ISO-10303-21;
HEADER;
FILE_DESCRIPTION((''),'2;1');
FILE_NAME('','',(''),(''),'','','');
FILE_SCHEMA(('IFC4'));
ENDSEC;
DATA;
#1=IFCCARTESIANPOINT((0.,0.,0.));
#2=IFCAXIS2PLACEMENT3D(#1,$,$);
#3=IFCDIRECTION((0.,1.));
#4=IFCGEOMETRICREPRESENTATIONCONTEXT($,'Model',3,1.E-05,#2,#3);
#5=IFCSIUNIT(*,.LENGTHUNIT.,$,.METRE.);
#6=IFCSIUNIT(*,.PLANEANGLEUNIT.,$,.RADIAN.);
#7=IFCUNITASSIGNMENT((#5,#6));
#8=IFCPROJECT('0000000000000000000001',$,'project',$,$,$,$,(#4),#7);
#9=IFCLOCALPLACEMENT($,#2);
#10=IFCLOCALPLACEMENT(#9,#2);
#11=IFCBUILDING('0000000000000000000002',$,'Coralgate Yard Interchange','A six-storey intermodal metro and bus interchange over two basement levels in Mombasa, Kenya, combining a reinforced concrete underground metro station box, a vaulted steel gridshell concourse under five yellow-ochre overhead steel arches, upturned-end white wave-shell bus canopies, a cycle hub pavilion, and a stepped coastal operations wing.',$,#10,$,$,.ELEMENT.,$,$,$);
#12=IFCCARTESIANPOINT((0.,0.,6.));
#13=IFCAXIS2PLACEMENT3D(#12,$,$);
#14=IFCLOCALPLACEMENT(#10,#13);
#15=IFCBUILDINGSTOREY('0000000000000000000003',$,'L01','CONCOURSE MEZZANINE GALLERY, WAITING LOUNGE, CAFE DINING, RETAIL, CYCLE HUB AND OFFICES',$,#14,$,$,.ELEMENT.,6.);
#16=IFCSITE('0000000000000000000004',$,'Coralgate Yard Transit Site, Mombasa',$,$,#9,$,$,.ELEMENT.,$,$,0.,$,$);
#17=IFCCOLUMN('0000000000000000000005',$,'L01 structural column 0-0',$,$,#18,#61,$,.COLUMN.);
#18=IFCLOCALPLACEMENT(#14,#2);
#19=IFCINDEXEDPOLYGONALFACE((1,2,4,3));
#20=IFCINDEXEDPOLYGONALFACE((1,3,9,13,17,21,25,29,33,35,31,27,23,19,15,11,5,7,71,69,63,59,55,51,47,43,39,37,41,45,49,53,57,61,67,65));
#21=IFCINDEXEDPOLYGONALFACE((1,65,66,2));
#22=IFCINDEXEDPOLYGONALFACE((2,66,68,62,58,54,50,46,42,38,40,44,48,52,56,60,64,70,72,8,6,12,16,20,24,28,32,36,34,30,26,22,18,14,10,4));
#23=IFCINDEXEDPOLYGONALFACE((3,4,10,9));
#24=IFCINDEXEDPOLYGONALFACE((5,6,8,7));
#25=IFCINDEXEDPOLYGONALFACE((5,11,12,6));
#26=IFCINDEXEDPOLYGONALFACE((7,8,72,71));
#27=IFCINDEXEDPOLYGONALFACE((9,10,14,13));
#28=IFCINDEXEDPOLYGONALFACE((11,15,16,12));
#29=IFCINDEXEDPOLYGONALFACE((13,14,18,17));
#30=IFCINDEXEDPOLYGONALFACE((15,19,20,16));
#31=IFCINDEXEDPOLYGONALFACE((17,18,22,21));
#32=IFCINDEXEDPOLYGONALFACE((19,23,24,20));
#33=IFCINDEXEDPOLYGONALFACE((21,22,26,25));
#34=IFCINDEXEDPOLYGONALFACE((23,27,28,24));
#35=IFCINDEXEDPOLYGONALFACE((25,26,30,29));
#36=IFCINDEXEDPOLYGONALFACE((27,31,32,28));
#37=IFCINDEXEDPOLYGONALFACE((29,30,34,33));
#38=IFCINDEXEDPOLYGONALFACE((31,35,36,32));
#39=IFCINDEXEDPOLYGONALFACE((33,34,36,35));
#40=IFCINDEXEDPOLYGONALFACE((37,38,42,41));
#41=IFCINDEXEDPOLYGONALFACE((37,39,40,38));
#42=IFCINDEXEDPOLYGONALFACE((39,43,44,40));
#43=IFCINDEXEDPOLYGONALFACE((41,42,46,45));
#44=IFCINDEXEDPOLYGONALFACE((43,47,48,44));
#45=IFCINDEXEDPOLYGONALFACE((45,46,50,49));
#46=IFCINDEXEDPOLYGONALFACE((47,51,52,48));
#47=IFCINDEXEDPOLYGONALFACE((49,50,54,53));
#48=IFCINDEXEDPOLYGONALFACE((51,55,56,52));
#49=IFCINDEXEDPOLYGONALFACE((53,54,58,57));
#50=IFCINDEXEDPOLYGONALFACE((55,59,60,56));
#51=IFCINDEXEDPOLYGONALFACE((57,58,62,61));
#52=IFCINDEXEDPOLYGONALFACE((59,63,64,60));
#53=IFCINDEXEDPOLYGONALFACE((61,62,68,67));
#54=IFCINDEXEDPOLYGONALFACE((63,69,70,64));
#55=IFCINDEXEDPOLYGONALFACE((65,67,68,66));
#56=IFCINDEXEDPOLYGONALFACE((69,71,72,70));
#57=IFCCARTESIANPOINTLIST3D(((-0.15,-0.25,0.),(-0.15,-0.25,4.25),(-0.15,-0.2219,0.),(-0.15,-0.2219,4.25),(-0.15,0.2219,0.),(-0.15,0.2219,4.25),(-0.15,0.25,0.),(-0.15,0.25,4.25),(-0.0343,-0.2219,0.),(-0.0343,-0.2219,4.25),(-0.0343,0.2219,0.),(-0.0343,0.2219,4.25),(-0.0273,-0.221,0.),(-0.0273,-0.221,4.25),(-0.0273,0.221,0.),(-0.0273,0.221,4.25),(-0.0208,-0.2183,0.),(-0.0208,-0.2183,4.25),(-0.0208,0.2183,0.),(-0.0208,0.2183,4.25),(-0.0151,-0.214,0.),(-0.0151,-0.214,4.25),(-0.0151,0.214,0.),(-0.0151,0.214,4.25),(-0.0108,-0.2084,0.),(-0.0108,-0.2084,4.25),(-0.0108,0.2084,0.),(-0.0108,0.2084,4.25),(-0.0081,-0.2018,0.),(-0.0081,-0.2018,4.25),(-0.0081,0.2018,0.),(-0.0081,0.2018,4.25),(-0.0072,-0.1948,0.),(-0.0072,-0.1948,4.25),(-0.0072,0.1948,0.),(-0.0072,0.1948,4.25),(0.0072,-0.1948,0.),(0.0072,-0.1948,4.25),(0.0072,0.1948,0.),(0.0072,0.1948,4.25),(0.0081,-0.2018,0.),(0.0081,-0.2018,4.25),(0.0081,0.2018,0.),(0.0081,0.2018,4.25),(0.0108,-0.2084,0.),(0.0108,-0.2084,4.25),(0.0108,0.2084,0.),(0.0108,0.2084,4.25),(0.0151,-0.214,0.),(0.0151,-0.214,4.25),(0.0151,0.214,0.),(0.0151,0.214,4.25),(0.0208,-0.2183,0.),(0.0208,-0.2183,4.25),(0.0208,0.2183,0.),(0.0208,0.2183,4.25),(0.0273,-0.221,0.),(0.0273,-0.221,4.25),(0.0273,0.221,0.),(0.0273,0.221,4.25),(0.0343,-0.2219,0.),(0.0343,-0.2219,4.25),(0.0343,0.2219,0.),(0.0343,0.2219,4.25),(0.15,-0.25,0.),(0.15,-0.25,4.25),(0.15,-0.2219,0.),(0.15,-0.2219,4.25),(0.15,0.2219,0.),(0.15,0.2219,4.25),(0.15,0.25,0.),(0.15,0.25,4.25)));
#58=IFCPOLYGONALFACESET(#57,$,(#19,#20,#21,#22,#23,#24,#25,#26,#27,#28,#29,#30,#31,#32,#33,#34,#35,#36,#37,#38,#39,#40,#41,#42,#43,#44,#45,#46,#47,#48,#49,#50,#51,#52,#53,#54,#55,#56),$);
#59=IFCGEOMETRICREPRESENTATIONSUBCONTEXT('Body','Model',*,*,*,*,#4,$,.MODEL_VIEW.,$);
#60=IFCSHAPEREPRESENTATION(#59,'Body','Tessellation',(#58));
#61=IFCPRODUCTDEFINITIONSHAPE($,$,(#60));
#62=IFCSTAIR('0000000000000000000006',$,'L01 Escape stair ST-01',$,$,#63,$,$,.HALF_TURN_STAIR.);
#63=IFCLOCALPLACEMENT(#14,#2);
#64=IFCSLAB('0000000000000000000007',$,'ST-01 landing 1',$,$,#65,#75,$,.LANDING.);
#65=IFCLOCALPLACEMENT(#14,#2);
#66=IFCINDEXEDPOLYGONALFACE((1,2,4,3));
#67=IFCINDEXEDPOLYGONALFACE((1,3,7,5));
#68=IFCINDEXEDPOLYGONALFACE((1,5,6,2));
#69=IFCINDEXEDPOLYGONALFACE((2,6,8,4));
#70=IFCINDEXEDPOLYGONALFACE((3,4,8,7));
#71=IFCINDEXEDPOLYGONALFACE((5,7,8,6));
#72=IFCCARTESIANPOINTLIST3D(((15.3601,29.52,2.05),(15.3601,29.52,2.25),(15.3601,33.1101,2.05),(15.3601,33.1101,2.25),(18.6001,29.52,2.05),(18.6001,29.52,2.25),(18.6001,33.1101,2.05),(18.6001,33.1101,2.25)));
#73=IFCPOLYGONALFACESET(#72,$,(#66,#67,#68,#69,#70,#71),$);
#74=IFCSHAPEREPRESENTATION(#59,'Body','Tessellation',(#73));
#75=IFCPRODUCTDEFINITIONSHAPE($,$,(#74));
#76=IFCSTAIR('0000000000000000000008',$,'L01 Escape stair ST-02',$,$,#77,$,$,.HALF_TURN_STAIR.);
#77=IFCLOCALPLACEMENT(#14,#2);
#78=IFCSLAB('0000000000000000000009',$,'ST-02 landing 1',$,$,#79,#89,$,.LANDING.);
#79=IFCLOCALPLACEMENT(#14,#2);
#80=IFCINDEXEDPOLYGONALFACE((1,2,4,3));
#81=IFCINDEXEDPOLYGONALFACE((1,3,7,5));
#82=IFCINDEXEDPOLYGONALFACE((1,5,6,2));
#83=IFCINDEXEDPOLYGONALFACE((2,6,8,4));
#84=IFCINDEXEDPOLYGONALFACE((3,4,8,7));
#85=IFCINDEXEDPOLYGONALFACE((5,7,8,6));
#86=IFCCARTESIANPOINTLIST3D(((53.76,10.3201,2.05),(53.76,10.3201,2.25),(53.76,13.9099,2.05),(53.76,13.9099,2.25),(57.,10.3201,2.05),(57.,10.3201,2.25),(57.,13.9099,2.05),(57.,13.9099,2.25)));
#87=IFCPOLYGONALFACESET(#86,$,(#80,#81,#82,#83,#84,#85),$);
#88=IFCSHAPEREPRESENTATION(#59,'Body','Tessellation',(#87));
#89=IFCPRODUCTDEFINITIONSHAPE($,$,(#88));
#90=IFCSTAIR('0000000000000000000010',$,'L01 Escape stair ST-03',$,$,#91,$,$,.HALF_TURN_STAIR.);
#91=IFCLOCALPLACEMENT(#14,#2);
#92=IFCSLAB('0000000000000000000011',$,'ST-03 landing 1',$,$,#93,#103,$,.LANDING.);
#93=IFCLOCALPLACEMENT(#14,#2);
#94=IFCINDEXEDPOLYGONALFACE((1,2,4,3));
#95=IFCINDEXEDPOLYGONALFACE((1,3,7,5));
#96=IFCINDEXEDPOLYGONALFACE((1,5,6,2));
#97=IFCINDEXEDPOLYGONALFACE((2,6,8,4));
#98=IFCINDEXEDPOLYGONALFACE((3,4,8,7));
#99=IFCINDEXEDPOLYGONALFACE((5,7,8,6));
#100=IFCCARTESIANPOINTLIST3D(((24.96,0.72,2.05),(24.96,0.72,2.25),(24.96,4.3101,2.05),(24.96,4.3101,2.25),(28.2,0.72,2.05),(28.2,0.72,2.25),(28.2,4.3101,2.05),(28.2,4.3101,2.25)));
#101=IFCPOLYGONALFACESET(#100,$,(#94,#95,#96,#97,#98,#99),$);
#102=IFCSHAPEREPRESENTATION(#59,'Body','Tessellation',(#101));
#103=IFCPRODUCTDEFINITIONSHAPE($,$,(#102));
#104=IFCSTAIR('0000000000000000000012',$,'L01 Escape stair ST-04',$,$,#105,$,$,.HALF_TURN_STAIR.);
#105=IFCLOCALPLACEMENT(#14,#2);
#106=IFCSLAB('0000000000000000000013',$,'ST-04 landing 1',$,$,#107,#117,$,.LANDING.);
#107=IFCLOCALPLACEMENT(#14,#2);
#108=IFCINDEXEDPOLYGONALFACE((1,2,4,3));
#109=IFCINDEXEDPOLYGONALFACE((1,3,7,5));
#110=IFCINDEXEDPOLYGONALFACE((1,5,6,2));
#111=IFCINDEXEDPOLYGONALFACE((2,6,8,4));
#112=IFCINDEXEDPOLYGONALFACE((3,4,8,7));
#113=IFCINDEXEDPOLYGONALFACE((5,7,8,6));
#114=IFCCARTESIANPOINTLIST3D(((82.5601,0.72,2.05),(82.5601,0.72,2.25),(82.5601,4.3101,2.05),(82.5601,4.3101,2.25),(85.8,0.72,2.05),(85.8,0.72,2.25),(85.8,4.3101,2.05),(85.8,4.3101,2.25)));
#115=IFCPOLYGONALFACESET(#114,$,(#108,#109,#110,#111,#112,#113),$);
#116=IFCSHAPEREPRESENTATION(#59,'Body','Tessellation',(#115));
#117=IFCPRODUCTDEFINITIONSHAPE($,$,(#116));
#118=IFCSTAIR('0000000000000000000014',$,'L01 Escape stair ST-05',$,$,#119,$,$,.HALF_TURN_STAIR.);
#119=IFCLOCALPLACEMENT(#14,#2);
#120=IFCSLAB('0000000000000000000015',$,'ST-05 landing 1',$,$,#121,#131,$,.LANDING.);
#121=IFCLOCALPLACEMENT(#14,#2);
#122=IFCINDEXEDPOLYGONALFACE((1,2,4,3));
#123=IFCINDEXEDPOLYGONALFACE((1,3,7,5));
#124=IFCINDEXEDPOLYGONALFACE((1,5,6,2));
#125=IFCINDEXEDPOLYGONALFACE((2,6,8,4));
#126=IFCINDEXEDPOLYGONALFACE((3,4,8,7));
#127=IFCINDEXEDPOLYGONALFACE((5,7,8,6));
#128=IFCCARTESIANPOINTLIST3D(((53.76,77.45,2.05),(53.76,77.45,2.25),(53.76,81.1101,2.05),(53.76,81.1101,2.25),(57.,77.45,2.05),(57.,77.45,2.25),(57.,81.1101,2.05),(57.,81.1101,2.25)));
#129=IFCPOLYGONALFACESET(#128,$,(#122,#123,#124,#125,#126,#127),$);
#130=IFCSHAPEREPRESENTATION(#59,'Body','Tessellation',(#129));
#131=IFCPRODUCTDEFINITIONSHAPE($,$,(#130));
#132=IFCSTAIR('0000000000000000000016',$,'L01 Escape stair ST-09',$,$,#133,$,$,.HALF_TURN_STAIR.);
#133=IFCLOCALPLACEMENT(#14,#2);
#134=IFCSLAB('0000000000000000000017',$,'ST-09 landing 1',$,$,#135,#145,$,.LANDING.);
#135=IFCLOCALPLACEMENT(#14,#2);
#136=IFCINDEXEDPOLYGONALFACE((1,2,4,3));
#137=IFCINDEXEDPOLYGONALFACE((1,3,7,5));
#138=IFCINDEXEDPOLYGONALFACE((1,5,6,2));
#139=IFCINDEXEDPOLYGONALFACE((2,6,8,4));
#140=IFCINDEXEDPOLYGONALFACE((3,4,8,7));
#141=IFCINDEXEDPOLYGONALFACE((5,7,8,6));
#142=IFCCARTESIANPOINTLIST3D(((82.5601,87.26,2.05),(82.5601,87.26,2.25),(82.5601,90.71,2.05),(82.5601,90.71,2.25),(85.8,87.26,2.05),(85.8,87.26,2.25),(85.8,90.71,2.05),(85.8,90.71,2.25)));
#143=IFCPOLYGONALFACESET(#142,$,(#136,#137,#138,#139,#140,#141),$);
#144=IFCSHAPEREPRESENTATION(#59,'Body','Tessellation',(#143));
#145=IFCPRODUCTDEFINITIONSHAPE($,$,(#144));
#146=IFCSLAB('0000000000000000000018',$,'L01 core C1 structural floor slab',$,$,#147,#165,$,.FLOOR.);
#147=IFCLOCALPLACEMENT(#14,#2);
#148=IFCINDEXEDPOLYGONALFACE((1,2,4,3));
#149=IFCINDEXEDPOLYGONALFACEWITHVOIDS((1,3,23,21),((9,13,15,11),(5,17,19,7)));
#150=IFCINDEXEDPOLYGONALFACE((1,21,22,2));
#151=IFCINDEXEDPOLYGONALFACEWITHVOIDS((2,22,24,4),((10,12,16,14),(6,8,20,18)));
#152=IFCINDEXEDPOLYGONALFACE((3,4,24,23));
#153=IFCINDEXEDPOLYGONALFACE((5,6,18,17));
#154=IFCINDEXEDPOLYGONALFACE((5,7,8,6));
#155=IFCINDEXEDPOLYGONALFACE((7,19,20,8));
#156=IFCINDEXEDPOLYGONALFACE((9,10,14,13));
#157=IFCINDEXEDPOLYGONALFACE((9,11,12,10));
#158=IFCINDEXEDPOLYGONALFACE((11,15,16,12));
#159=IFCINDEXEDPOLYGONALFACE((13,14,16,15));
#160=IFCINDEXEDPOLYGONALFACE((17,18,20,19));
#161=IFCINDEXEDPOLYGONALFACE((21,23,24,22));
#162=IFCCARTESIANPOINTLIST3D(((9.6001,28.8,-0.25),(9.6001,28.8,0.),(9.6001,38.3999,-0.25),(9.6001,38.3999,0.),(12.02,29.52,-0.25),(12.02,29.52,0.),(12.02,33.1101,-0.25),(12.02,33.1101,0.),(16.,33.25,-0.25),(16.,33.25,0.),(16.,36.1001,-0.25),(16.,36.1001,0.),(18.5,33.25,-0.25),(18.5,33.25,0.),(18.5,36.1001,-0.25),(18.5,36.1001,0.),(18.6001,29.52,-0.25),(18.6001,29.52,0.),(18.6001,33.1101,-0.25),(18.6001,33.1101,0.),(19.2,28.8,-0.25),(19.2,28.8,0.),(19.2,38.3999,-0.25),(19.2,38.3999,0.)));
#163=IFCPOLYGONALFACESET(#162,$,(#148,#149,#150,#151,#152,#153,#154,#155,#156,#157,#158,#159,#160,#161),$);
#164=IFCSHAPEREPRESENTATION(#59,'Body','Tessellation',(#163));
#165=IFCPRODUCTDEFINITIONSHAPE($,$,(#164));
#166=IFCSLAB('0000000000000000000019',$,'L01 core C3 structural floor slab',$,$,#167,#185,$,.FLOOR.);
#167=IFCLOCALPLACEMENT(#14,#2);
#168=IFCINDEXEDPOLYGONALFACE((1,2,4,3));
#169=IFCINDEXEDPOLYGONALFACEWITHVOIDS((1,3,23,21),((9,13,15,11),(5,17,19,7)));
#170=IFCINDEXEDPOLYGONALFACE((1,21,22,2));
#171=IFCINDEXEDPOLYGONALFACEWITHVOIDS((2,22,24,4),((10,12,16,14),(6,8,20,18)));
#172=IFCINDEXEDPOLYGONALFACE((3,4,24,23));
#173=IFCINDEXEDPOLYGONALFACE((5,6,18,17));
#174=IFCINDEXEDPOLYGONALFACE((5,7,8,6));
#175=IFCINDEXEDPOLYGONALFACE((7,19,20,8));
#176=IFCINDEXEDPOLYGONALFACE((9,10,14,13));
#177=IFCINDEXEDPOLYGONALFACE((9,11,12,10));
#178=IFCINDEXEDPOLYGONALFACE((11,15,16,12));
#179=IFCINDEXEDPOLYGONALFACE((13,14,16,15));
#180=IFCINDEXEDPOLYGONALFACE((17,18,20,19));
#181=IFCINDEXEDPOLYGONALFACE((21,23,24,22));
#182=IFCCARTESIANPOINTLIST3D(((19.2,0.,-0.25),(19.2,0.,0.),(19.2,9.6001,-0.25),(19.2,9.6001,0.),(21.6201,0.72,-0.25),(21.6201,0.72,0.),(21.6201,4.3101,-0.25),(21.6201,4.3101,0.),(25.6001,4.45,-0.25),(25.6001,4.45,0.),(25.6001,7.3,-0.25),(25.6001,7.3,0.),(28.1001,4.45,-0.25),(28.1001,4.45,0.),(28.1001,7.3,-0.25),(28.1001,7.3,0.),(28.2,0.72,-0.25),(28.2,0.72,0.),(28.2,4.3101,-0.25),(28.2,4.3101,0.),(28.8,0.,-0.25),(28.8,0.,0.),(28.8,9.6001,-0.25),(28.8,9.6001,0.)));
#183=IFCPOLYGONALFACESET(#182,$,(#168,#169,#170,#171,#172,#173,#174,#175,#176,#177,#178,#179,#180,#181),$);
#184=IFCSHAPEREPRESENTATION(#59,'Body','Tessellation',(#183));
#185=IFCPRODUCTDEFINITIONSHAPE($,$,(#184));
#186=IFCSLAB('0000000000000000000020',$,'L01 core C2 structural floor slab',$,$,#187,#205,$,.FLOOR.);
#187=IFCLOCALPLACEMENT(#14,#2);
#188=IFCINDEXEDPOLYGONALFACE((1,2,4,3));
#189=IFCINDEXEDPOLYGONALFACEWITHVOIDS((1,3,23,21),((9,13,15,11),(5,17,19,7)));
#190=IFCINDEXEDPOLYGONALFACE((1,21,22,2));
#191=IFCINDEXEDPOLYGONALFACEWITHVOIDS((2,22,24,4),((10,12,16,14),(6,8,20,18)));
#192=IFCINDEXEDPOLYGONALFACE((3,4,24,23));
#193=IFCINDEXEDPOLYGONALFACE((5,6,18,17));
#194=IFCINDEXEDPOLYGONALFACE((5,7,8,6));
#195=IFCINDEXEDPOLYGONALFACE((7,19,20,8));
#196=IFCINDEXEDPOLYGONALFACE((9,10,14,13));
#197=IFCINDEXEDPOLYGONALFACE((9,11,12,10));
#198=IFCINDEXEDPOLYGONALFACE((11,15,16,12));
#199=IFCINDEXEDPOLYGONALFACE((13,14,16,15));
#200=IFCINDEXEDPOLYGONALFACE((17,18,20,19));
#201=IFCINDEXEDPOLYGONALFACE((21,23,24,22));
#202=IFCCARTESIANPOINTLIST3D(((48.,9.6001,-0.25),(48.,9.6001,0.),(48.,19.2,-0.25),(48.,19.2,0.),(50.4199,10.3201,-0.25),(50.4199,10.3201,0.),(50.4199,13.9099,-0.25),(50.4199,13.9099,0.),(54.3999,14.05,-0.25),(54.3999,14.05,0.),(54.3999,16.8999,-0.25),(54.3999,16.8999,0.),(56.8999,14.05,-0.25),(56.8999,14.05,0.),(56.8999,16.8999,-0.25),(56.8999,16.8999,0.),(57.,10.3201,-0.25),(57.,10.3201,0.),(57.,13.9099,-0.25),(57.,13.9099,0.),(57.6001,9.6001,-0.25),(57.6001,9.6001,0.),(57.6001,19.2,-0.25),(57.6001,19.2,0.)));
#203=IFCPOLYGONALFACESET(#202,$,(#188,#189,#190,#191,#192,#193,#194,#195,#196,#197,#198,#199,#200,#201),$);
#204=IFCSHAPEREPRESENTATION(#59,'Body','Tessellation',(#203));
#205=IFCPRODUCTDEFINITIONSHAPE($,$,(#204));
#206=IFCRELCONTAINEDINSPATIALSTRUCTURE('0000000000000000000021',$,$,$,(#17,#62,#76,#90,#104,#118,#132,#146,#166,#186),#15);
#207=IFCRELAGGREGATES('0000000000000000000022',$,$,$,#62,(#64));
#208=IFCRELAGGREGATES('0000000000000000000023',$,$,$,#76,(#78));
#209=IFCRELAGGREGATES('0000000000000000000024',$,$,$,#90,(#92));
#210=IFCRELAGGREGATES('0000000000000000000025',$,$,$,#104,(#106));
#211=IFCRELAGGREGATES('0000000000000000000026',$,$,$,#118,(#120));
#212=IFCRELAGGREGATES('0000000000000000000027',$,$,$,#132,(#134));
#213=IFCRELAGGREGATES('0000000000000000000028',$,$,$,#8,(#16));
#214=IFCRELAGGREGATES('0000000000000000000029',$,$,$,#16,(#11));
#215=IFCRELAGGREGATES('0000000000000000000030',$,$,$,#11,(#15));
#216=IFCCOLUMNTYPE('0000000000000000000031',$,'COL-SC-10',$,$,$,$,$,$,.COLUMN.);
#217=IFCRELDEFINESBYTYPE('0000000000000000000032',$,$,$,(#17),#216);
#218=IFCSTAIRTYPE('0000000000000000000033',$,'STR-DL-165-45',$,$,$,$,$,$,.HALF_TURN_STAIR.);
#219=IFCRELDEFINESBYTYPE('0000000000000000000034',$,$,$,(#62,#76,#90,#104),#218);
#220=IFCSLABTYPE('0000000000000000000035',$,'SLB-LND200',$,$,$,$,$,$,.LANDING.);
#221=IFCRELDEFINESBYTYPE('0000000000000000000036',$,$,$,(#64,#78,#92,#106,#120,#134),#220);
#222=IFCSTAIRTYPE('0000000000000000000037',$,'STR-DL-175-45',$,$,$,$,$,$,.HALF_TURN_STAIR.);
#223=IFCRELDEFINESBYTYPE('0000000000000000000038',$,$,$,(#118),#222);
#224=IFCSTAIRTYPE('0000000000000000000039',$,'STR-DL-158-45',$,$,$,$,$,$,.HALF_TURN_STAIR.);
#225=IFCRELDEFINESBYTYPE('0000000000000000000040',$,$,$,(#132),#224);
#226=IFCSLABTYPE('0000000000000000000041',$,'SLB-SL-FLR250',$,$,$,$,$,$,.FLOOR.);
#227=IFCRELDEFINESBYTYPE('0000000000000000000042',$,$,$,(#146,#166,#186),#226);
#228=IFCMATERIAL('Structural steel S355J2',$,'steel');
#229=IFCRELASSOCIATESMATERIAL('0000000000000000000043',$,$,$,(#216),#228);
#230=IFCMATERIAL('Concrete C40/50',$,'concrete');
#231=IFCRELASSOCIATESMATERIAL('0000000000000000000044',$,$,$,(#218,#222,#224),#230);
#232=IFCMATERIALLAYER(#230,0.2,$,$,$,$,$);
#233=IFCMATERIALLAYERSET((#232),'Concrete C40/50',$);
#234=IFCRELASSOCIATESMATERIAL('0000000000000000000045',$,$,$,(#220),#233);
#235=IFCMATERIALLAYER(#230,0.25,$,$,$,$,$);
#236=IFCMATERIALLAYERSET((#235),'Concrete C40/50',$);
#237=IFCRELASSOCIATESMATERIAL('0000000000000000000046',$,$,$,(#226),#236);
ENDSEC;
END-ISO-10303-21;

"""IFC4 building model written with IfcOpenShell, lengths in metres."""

from ifc_helpers import new_model, si_unit, direction, frame, origin, origin_with_axes, origin_2d, place, context, subcontext, project, spatial, polyline, i_section, outline, extrude, material, layer, layer_set, material_profile, profile_set, type_object, element, aggregate, save


model = new_model("IFC4")

# Units and contexts
model_context = context("Model", 3, precision=1e-05, world=origin(), true_north=direction((0.0, 1.0)))
body_context = subcontext(model_context, "Body", "Model", "MODEL_VIEW")
ifc_project = project(units=[si_unit("LENGTHUNIT", "METRE"), si_unit("PLANEANGLEUNIT", "RADIAN")], contexts=[model_context])

# Site, building, storey
site_placement = place(None, origin())
site = spatial("IfcSite", under=ifc_project, at=site_placement, Name="Coralgate Yard Transit Site, Mombasa", CompositionType="ELEMENT", RefElevation=0.0)
building_placement = place(site_placement, origin())
building = spatial("IfcBuilding", under=site, at=building_placement, Name="Coralgate Yard Interchange", Description="A six-storey intermodal metro and bus interchange over two basement levels in Mombasa, Kenya, combining a reinforced concrete underground metro station box, a vaulted steel gridshell concourse under five yellow-ochre overhead steel arches, upturned-end white wave-shell bus canopies, a cycle hub pavilion, and a stepped coastal operations wing.", CompositionType="ELEMENT")
storey_placement = place(building_placement, frame((0.0, 0.0, 6.0)))
storey = spatial("IfcBuildingStorey", under=building, at=storey_placement, Name="L01", Description="CONCOURSE MEZZANINE GALLERY, WAITING LOUNGE, CAFE DINING, RETAIL, CYCLE HUB AND OFFICES", CompositionType="ELEMENT", Elevation=6.0)

# Column
ifc_material_1 = material(Name="Structural steel S355J2", Category="steel")
ifc_material_profile = material_profile(ifc_material_1, i_section(OverallWidth=0.3, OverallDepth=0.5, WebThickness=0.0144, FlangeThickness=0.0281, FilletRadius=0.0271, at=origin_2d()), Name="HEB 500")
ifc_profile_set = profile_set([ifc_material_profile], Name="Structural steel S355J2")
column_type = type_object("IfcColumnType", Name="COL-SC-10", PredefinedType="COLUMN", material=ifc_profile_set)
column_placement = place(storey_placement, origin_with_axes())
element("IfcColumn", 1, at=column_placement, inside=storey, type_object=column_type, Name="L01 structural column 0-0", PredefinedType="COLUMN", context=body_context, shape_type="SweptSolid", body=[
    extrude(i_section(OverallWidth=0.3, OverallDepth=0.5, WebThickness=0.0144, FlangeThickness=0.0281, FilletRadius=0.0271, at=origin_2d()), origin(), (0.0, 0.0, 1.0), 4.25),
])

# Stairs, slabs
ifc_material_2 = material(Name="Concrete C40/50", Category="concrete")
stair_type_1 = type_object("IfcStairType", Name="STR-DL-165-45", PredefinedType="HALF_TURN_STAIR", material=ifc_material_2)
stair_1_placement = place(storey_placement, origin())
stair_1 = element("IfcStair", 2, at=stair_1_placement, inside=storey, type_object=stair_type_1, Name="L01 Escape stair ST-01", PredefinedType="HALF_TURN_STAIR")
ifc_layer_1 = layer(ifc_material_2, 0.2)
ifc_layer_set_1 = layer_set([ifc_layer_1], Name="Concrete C40/50")
slab_type_1 = type_object("IfcSlabType", Name="SLB-LND200", PredefinedType="LANDING", material=ifc_layer_set_1)
slab_1_placement = place(storey_placement, frame((0.0, 0.0, 2.05)))
slab_1 = element("IfcSlab", 3, at=slab_1_placement, type_object=slab_type_1, Name="ST-01 landing 1", PredefinedType="LANDING", context=body_context, shape_type="SweptSolid", body=[
    extrude(outline(polyline([(15.3601, 29.52), (18.6001, 29.52), (18.6001, 33.1101), (15.3601, 33.1101), (15.3601, 29.52)])), origin(), (0.0, 0.0, 1.0), 0.2),
])
aggregate(stair_1, [slab_1])
stair_2_placement = place(storey_placement, origin())
stair_2 = element("IfcStair", 4, at=stair_2_placement, inside=storey, type_object=stair_type_1, Name="L01 Escape stair ST-02", PredefinedType="HALF_TURN_STAIR")
slab_2_placement = place(storey_placement, frame((0.0, 0.0, 2.05)))
slab_2 = element("IfcSlab", 5, at=slab_2_placement, type_object=slab_type_1, Name="ST-02 landing 1", PredefinedType="LANDING", context=body_context, shape_type="SweptSolid", body=[
    extrude(outline(polyline([(53.76, 10.3201), (57.0, 10.3201), (57.0, 13.9099), (53.76, 13.9099), (53.76, 10.3201)])), origin(), (0.0, 0.0, 1.0), 0.2),
])
aggregate(stair_2, [slab_2])
stair_3_placement = place(storey_placement, origin())
stair_3 = element("IfcStair", 6, at=stair_3_placement, inside=storey, type_object=stair_type_1, Name="L01 Escape stair ST-03", PredefinedType="HALF_TURN_STAIR")
slab_3_placement = place(storey_placement, frame((0.0, 0.0, 2.05)))
slab_3 = element("IfcSlab", 7, at=slab_3_placement, type_object=slab_type_1, Name="ST-03 landing 1", PredefinedType="LANDING", context=body_context, shape_type="SweptSolid", body=[
    extrude(outline(polyline([(24.96, 0.72), (28.2, 0.72), (28.2, 4.3101), (24.96, 4.3101), (24.96, 0.72)])), origin(), (0.0, 0.0, 1.0), 0.2),
])
aggregate(stair_3, [slab_3])
stair_4_placement = place(storey_placement, origin())
stair_4 = element("IfcStair", 8, at=stair_4_placement, inside=storey, type_object=stair_type_1, Name="L01 Escape stair ST-04", PredefinedType="HALF_TURN_STAIR")
slab_4_placement = place(storey_placement, frame((0.0, 0.0, 2.05)))
slab_4 = element("IfcSlab", 9, at=slab_4_placement, type_object=slab_type_1, Name="ST-04 landing 1", PredefinedType="LANDING", context=body_context, shape_type="SweptSolid", body=[
    extrude(outline(polyline([(82.5601, 0.72), (85.8, 0.72), (85.8, 4.3101), (82.5601, 4.3101), (82.5601, 0.72)])), origin(), (0.0, 0.0, 1.0), 0.2),
])
aggregate(stair_4, [slab_4])
stair_type_2 = type_object("IfcStairType", Name="STR-DL-175-45", PredefinedType="HALF_TURN_STAIR", material=ifc_material_2)
stair_5_placement = place(storey_placement, origin())
stair_5 = element("IfcStair", 10, at=stair_5_placement, inside=storey, type_object=stair_type_2, Name="L01 Escape stair ST-05", PredefinedType="HALF_TURN_STAIR")
slab_5_placement = place(storey_placement, frame((0.0, 0.0, 2.05)))
slab_5 = element("IfcSlab", 11, at=slab_5_placement, type_object=slab_type_1, Name="ST-05 landing 1", PredefinedType="LANDING", context=body_context, shape_type="SweptSolid", body=[
    extrude(outline(polyline([(53.76, 77.45), (57.0, 77.45), (57.0, 81.1101), (53.76, 81.1101), (53.76, 77.45)])), origin(), (0.0, 0.0, 1.0), 0.2),
])
aggregate(stair_5, [slab_5])
stair_type_3 = type_object("IfcStairType", Name="STR-DL-158-45", PredefinedType="HALF_TURN_STAIR", material=ifc_material_2)
stair_6_placement = place(storey_placement, origin())
stair_6 = element("IfcStair", 12, at=stair_6_placement, inside=storey, type_object=stair_type_3, Name="L01 Escape stair ST-09", PredefinedType="HALF_TURN_STAIR")
slab_6_placement = place(storey_placement, frame((0.0, 0.0, 2.05)))
slab_6 = element("IfcSlab", 13, at=slab_6_placement, type_object=slab_type_1, Name="ST-09 landing 1", PredefinedType="LANDING", context=body_context, shape_type="SweptSolid", body=[
    extrude(outline(polyline([(82.5601, 87.26), (85.8, 87.26), (85.8, 90.71), (82.5601, 90.71), (82.5601, 87.26)])), origin(), (0.0, 0.0, 1.0), 0.2),
])
aggregate(stair_6, [slab_6])

# Slabs
ifc_layer_2 = layer(ifc_material_2, 0.25)
ifc_layer_set_2 = layer_set([ifc_layer_2], Name="Concrete C40/50")
slab_type_2 = type_object("IfcSlabType", Name="SLB-SL-FLR250", PredefinedType="FLOOR", material=ifc_layer_set_2)
slab_7_placement = place(storey_placement, frame((0.0, 0.0, -0.25)))
element("IfcSlab", 14, at=slab_7_placement, inside=storey, type_object=slab_type_2, Name="L01 core C1 structural floor slab", PredefinedType="FLOOR", context=body_context, shape_type="SweptSolid", body=[
    extrude(outline(polyline([(19.2, 38.3999), (19.2, 28.8), (9.6001, 28.8), (9.6001, 38.3999), (19.2, 38.3999)]), holes=[polyline([(18.6001, 33.1101), (12.02, 33.1101), (12.02, 29.52), (18.6001, 29.52), (18.6001, 33.1101)]), polyline([(18.5, 33.25), (18.5, 36.1001), (16.0, 36.1001), (16.0, 33.25), (18.5, 33.25)])]), origin(), (0.0, 0.0, 1.0), 0.25),
])
slab_8_placement = place(storey_placement, frame((0.0, 0.0, -0.25)))
element("IfcSlab", 15, at=slab_8_placement, inside=storey, type_object=slab_type_2, Name="L01 core C3 structural floor slab", PredefinedType="FLOOR", context=body_context, shape_type="SweptSolid", body=[
    extrude(outline(polyline([(28.8, 9.6001), (28.8, 0.0), (19.2, 0.0), (19.2, 9.6001), (28.8, 9.6001)]), holes=[polyline([(28.2, 4.3101), (21.6201, 4.3101), (21.6201, 0.72), (28.2, 0.72), (28.2, 4.3101)]), polyline([(28.1001, 4.45), (28.1001, 7.3), (25.6001, 7.3), (25.6001, 4.45), (28.1001, 4.45)])]), origin(), (0.0, 0.0, 1.0), 0.25),
])
slab_9_placement = place(storey_placement, frame((0.0, 0.0, -0.25)))
element("IfcSlab", 16, at=slab_9_placement, inside=storey, type_object=slab_type_2, Name="L01 core C2 structural floor slab", PredefinedType="FLOOR", context=body_context, shape_type="SweptSolid", body=[
    extrude(outline(polyline([(57.6001, 19.2), (57.6001, 9.6001), (48.0, 9.6001), (48.0, 19.2), (57.6001, 19.2)]), holes=[polyline([(57.0, 13.9099), (50.4199, 13.9099), (50.4199, 10.3201), (57.0, 10.3201), (57.0, 13.9099)]), polyline([(56.8999, 14.05), (56.8999, 16.8999), (54.3999, 16.8999), (54.3999, 14.05), (56.8999, 14.05)])]), origin(), (0.0, 0.0, 1.0), 0.25),
])

save(model, "model.ifc")
